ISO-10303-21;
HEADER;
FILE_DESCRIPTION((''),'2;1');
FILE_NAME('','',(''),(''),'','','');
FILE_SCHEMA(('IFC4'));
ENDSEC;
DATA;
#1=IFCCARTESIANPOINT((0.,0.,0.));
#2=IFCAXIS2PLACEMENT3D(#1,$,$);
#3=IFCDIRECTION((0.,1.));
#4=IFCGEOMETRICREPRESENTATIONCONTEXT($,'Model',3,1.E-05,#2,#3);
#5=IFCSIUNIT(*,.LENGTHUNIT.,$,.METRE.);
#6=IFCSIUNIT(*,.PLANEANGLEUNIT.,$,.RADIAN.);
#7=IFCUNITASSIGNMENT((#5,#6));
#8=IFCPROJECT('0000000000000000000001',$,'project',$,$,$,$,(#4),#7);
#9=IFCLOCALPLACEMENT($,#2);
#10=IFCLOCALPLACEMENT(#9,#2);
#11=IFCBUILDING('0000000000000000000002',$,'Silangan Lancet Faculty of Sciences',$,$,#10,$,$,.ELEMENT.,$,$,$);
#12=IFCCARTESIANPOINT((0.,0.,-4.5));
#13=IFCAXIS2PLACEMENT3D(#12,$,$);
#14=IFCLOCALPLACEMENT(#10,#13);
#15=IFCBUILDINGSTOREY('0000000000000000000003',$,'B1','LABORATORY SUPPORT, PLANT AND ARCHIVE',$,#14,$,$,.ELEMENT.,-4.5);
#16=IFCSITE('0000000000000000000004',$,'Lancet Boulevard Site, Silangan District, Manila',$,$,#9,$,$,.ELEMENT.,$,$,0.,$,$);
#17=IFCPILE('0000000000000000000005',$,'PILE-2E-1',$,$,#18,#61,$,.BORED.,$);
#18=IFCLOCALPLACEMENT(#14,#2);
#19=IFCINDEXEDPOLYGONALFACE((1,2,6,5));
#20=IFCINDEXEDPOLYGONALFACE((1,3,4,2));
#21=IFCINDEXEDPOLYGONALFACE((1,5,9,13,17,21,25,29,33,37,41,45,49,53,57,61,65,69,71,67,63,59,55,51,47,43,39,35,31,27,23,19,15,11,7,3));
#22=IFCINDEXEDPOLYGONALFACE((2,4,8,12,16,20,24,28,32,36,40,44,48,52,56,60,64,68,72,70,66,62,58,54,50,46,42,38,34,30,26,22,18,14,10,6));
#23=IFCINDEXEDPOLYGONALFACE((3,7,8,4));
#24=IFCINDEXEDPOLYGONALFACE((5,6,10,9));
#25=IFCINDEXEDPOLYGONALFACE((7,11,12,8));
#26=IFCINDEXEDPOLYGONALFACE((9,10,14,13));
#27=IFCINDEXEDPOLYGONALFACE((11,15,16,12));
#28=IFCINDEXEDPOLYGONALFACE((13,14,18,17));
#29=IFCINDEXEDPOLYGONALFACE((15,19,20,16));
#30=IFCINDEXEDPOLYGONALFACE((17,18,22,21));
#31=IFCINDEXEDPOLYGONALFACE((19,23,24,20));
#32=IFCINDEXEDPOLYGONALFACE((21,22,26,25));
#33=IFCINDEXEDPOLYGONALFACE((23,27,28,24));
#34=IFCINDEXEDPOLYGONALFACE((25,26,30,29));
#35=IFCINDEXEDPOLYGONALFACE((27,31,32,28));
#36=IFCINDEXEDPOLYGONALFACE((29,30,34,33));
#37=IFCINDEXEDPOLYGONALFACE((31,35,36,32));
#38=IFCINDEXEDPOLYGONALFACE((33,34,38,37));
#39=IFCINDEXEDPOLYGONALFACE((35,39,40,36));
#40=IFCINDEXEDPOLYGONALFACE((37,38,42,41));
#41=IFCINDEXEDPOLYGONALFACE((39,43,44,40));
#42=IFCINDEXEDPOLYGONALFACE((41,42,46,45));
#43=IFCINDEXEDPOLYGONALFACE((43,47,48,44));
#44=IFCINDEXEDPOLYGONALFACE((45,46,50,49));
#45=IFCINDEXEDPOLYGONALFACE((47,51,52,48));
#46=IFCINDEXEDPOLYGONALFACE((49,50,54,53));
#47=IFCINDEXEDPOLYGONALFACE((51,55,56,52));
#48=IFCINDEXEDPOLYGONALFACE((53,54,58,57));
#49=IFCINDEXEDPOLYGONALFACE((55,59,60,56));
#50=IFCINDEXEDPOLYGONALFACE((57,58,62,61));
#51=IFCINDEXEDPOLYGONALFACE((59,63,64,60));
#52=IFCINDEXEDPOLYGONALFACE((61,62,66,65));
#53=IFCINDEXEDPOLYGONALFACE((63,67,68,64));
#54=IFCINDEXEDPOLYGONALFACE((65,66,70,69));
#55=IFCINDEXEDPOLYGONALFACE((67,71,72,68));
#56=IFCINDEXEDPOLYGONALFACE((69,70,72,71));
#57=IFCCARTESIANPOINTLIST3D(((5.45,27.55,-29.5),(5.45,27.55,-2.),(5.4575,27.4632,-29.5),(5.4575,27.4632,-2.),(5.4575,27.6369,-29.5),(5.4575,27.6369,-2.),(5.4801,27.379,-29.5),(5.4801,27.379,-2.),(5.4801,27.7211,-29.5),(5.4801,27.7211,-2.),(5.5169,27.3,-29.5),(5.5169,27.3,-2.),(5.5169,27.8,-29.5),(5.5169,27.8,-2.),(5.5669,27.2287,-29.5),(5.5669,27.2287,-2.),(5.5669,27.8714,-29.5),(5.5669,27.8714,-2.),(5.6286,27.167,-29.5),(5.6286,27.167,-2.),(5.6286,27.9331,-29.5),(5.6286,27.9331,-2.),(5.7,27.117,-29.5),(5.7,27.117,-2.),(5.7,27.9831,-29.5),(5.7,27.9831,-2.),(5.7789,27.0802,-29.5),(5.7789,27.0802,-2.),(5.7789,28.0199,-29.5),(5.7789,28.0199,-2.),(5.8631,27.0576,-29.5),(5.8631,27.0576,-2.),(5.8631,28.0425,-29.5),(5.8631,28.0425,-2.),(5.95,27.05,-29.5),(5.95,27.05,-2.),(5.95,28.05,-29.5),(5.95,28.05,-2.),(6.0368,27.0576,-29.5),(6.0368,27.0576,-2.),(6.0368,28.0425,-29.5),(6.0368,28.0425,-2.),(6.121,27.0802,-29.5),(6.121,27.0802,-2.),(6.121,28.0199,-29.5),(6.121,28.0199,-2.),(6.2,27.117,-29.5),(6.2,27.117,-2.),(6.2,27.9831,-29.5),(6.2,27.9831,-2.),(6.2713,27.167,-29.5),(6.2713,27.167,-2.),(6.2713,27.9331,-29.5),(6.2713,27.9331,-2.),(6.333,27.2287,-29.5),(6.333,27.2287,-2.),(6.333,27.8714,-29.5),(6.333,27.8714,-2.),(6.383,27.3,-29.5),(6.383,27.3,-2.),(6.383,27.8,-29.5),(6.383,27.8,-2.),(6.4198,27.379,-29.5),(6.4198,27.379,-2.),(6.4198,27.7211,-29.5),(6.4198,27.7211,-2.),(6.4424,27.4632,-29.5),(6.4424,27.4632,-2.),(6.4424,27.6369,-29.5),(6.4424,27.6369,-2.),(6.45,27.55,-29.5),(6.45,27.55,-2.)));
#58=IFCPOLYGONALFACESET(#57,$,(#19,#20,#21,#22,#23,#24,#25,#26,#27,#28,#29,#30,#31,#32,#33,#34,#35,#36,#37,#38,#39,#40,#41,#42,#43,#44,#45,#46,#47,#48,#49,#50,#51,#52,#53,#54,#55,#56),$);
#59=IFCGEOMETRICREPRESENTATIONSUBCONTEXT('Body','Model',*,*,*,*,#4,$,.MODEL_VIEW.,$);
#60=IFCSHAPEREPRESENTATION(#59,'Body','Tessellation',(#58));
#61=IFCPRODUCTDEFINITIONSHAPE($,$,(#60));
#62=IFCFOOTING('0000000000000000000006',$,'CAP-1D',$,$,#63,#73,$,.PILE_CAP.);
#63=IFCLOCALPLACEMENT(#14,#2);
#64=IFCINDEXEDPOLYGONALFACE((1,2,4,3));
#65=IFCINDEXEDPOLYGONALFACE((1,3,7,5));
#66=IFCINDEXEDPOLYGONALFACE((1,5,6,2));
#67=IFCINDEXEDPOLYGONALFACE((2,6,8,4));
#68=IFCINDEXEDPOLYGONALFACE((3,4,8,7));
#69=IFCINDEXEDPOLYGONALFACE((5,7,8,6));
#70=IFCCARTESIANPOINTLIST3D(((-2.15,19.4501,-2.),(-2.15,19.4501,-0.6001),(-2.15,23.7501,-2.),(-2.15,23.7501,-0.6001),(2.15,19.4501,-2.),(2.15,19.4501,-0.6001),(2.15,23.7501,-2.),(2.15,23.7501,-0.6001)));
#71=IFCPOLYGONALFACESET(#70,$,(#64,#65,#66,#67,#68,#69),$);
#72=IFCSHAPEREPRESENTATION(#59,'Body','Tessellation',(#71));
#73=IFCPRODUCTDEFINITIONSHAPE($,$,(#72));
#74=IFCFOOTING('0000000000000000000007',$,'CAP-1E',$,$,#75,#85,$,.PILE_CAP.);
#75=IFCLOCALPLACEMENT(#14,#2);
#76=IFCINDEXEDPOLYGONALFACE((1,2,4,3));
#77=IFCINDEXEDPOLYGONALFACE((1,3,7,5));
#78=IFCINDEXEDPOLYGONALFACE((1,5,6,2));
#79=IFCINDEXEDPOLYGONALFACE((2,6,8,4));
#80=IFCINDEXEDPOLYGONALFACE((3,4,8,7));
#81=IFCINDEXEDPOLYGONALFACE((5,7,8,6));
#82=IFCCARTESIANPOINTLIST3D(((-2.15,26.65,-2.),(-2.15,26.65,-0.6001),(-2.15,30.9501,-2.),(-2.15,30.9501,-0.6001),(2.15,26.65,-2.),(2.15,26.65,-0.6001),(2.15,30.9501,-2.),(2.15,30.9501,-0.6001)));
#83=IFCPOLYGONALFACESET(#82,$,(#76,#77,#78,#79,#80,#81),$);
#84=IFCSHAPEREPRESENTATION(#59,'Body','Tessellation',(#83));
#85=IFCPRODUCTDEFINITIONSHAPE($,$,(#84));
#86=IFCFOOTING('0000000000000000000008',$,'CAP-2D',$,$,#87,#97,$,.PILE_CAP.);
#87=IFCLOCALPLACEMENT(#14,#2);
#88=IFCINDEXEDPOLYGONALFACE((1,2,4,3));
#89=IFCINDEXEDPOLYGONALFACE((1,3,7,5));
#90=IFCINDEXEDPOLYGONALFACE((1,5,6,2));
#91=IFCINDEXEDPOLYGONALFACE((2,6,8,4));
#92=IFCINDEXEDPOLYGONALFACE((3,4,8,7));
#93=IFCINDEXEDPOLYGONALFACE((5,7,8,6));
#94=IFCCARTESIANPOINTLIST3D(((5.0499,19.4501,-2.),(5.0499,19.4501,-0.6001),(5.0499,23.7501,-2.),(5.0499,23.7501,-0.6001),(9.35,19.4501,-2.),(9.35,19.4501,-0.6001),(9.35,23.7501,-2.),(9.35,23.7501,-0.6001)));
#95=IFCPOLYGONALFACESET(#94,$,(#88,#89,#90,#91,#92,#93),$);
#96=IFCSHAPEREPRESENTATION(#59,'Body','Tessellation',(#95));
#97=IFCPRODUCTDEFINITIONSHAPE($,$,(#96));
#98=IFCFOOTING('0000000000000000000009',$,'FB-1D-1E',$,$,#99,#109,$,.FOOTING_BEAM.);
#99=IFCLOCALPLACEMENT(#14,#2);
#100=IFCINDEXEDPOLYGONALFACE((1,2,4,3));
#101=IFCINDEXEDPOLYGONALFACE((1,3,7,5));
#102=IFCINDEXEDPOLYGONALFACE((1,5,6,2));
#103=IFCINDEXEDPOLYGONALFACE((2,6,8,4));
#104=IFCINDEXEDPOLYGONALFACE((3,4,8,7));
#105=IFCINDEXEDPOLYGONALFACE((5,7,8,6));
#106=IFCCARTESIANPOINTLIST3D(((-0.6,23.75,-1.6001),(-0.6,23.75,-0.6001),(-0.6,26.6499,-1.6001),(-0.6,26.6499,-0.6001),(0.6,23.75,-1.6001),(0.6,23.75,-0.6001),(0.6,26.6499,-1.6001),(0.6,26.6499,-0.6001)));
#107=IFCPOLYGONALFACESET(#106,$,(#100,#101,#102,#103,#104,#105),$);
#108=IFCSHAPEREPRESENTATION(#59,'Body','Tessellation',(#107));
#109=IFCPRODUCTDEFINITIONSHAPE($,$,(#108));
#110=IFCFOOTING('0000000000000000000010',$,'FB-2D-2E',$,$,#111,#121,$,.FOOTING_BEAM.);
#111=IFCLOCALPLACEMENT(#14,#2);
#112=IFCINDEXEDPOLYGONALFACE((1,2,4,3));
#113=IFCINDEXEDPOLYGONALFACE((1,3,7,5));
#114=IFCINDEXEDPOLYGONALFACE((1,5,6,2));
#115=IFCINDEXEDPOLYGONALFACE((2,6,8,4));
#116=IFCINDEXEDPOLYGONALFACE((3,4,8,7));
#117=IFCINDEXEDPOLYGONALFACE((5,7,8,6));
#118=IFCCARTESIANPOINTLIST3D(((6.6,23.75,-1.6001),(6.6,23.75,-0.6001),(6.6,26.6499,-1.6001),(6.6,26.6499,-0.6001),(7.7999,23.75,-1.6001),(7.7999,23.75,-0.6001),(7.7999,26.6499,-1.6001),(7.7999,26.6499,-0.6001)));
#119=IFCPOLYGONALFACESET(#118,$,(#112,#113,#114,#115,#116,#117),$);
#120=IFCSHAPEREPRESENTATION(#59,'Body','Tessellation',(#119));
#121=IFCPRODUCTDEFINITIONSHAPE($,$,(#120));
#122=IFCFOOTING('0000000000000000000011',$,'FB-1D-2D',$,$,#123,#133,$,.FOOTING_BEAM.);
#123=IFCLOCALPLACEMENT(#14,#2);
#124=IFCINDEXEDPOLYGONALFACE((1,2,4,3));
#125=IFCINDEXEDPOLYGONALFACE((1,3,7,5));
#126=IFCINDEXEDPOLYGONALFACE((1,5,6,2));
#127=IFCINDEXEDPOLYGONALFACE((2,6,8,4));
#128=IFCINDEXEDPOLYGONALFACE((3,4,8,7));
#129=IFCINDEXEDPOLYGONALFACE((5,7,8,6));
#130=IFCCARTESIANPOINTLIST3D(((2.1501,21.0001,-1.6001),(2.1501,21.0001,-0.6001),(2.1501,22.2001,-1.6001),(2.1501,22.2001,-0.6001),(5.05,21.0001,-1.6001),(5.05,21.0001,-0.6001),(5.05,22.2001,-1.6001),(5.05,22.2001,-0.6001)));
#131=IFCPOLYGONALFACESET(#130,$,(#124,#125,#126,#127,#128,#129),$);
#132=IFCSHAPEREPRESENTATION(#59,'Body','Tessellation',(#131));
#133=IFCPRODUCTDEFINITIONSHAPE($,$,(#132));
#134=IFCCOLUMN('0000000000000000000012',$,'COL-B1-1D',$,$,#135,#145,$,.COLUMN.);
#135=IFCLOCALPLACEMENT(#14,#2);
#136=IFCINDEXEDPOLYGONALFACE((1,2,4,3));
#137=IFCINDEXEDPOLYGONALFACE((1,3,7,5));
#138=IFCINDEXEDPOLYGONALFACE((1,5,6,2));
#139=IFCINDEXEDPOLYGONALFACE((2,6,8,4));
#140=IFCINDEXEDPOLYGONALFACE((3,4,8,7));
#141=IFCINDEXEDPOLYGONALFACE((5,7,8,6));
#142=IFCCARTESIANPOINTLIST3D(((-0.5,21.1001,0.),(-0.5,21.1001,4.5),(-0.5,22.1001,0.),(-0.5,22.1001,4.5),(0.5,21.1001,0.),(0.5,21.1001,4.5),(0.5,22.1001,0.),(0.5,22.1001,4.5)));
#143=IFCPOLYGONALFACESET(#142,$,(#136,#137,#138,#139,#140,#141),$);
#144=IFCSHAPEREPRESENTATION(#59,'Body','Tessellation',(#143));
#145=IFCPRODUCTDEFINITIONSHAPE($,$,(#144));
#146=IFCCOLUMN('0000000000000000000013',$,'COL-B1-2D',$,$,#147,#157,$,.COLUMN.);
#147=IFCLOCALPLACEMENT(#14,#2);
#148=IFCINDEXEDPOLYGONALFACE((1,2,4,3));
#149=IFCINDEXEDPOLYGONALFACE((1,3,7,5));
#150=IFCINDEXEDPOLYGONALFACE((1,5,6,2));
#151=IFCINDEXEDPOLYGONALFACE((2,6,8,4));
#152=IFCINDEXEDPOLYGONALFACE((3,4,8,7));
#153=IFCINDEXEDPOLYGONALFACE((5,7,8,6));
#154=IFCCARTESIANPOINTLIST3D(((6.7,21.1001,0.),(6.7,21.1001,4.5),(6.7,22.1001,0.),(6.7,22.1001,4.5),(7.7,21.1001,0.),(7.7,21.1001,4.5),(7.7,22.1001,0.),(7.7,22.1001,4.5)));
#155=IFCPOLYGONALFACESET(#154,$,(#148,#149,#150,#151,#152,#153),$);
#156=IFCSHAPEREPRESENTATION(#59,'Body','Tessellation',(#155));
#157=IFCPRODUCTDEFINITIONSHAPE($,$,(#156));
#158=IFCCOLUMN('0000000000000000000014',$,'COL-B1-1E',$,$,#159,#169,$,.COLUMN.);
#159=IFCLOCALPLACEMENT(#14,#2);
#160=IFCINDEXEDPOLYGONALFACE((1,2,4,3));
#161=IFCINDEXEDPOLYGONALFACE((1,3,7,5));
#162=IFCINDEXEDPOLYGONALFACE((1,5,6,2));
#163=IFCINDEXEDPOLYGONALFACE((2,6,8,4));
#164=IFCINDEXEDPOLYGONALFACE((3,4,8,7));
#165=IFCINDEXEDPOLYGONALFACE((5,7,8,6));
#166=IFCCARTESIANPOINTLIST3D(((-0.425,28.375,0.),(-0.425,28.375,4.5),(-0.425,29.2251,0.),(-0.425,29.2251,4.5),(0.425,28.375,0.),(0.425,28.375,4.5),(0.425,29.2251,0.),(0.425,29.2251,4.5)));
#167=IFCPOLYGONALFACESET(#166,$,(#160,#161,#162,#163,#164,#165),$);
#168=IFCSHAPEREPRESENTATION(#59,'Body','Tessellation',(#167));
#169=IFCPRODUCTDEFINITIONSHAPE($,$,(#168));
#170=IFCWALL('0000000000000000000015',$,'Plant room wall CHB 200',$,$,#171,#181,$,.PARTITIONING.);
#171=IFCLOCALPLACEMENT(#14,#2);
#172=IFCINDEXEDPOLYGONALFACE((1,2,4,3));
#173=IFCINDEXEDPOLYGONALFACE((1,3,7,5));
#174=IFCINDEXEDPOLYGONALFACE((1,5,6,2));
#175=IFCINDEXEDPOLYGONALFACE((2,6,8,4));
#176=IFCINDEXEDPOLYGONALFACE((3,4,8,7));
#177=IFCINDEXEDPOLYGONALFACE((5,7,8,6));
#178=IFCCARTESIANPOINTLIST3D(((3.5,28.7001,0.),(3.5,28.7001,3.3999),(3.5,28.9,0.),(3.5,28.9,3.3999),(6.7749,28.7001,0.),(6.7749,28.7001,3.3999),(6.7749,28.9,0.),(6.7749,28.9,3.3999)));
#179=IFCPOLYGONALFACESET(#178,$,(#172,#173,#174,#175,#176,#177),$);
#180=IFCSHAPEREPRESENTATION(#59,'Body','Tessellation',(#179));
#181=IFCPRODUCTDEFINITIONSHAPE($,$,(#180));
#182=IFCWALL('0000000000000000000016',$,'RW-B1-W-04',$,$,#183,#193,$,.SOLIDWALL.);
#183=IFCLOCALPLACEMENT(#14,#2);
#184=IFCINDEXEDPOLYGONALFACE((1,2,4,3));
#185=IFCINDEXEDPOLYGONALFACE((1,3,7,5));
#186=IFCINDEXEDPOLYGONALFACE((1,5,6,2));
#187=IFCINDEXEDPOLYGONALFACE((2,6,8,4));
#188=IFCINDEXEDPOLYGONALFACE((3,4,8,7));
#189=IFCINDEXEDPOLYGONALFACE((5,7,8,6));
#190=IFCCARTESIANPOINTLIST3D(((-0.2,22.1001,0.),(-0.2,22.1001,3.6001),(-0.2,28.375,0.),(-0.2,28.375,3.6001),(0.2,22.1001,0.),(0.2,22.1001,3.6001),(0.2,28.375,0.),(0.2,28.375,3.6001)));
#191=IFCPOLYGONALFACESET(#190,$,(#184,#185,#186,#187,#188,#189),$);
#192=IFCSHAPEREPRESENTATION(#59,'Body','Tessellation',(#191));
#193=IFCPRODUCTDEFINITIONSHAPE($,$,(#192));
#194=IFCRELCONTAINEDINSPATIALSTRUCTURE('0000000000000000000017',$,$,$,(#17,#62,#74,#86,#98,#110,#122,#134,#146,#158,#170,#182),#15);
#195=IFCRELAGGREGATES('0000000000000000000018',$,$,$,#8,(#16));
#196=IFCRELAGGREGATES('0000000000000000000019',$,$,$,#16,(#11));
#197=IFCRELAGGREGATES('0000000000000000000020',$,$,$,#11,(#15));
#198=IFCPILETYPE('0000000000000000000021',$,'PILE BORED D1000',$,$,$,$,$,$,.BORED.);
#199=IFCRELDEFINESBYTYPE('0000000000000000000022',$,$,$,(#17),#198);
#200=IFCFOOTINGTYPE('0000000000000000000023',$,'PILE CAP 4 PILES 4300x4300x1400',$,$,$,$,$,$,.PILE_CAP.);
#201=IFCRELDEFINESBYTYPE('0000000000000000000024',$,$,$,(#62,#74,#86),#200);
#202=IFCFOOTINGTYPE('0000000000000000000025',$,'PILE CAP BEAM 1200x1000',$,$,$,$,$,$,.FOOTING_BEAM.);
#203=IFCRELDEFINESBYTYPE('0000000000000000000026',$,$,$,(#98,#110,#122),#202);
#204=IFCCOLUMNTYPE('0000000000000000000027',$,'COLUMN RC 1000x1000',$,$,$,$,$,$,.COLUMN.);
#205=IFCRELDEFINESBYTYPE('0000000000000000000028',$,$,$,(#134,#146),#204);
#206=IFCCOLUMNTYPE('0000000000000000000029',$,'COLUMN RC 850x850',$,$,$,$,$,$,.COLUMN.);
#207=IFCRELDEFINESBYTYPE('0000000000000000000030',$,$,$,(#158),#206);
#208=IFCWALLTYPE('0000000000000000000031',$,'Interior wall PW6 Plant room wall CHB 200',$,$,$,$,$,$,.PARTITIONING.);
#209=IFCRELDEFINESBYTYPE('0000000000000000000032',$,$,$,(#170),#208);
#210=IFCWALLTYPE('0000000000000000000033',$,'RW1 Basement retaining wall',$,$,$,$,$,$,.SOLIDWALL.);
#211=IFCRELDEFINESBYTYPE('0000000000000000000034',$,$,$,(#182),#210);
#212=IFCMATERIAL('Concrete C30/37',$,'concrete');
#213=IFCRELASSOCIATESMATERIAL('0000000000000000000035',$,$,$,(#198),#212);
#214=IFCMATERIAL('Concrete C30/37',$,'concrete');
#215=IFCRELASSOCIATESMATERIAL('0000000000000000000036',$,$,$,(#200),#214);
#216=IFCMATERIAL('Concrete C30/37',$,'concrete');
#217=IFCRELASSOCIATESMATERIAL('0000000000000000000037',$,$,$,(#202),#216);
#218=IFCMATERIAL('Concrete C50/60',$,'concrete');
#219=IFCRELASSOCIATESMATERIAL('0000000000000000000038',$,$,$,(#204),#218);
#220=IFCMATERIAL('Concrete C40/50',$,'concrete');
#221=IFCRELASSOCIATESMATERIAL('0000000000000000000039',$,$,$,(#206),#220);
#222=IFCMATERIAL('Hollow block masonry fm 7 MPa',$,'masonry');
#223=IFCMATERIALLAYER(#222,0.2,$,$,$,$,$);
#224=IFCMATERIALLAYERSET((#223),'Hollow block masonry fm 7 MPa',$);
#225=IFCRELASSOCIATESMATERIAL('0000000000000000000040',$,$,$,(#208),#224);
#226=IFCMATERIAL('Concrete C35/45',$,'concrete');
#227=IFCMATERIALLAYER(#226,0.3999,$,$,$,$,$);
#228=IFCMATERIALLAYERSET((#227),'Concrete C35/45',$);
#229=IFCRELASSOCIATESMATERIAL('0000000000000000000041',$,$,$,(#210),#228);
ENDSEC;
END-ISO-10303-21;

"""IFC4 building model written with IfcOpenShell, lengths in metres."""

from ifc_helpers import new_model, si_unit, direction, frame, frame_2d, origin, origin_2d, place, context, subcontext, project, spatial, rectangle, circle, extrude, material, layer, layer_set, material_profile, profile_set, type_object, element, save


model = new_model("IFC4")

# Units and contexts
model_context = context("Model", 3, precision=1e-05, world=origin(), true_north=direction((0.0, 1.0)))
body_context = subcontext(model_context, "Body", "Model", "MODEL_VIEW")
ifc_project = project(units=[si_unit("LENGTHUNIT", "METRE"), si_unit("PLANEANGLEUNIT", "RADIAN")], contexts=[model_context])

# Site, building, storey
site_placement = place(None, origin())
site = spatial("IfcSite", under=ifc_project, at=site_placement, Name="Lancet Boulevard Site, Silangan District, Manila", CompositionType="ELEMENT", RefElevation=0.0)
building_placement = place(site_placement, origin())
building = spatial("IfcBuilding", under=site, at=building_placement, Name="Silangan Lancet Faculty of Sciences", CompositionType="ELEMENT")
storey_placement = place(building_placement, frame((0.0, 0.0, -4.5)))
storey = spatial("IfcBuildingStorey", under=building, at=storey_placement, Name="B1", Description="LABORATORY SUPPORT, PLANT AND ARCHIVE", CompositionType="ELEMENT", Elevation=-4.5)

# Pile
ifc_material_1 = material(Name="Concrete C30/37", Category="concrete")
ifc_material_profile_1 = material_profile(ifc_material_1, circle(Radius=0.5, at=origin_2d()), Name="BORED PILE D1000")
ifc_profile_set_1 = profile_set([ifc_material_profile_1], Name="Concrete C30/37")
pile_type = type_object("IfcPileType", Name="PILE BORED D1000", PredefinedType="BORED", material=ifc_profile_set_1)
for number, where, z_axis, x_axis, name in (
    (1, (5.95, 27.55, -2.0), (0.0, 0.0, -1.0), (1.0, 0.0, 0.0), "PILE-2E-1"),
):
    element("IfcPile", number, at=place(storey_placement, frame(where, z_axis=z_axis, x_axis=x_axis)), inside=storey, type_object=pile_type, Name=name, PredefinedType="BORED", context=body_context, shape_type="SweptSolid", body=[
        extrude(circle(Radius=0.5, at=origin_2d()), origin(), (0.0, 0.0, 1.0), 27.5),
    ])

# Footings
ifc_material_2 = material(Name="Concrete C30/37", Category="concrete")
footing_type_1 = type_object("IfcFootingType", Name="PILE CAP 4 PILES 4300x4300x1400", PredefinedType="PILE_CAP", material=ifc_material_2)
for number, where, z_axis, x_axis, name in (
    (2, (0.0, 21.6001, -2.0), (0.0, 0.0, 1.0), (1.0, 0.0, 0.0), "CAP-1D"),
    (3, (0.0, 28.8, -2.0), (0.0, 0.0, 1.0), (1.0, 0.0, 0.0), "CAP-1E"),
    (4, (7.2, 21.6001, -2.0), (0.0, 0.0, 1.0), (1.0, 0.0, 0.0), "CAP-2D"),
):
    element("IfcFooting", number, at=place(storey_placement, frame(where, z_axis=z_axis, x_axis=x_axis)), inside=storey, type_object=footing_type_1, Name=name, PredefinedType="PILE_CAP", context=body_context, shape_type="SweptSolid", body=[
        extrude(rectangle(XDim=4.3, YDim=4.3, at=origin_2d()), origin(), (0.0, 0.0, 1.0), 1.3999),
    ])
ifc_material_3 = material(Name="Concrete C30/37", Category="concrete")
footing_type_2 = type_object("IfcFootingType", Name="PILE CAP BEAM 1200x1000", PredefinedType="FOOTING_BEAM", material=ifc_material_3)
for number, where, z_axis, x_axis, name in (
    (5, (0.0, 25.2, -1.6001), (0.0, 0.0, 1.0), (0.0, 1.0, 0.0), "FB-1D-1E"),
    (6, (7.2, 25.2, -1.6001), (0.0, 0.0, 1.0), (0.0, 1.0, 0.0), "FB-2D-2E"),
    (7, (3.6001, 21.6001, -1.6001), (0.0, 0.0, 1.0), (1.0, 0.0, 0.0), "FB-1D-2D"),
):
    element("IfcFooting", number, at=place(storey_placement, frame(where, z_axis=z_axis, x_axis=x_axis)), inside=storey, type_object=footing_type_2, Name=name, PredefinedType="FOOTING_BEAM", context=body_context, shape_type="SweptSolid", body=[
        extrude(rectangle(XDim=2.8999, YDim=1.2, at=origin_2d()), origin(), (0.0, 0.0, 1.0), 1.0),
    ])

# Columns
ifc_material_4 = material(Name="Concrete C50/60", Category="concrete")
ifc_material_profile_2 = material_profile(ifc_material_4, rectangle(XDim=1.0, YDim=1.0, at=origin_2d()), Name="RC 1000x1000")
ifc_profile_set_2 = profile_set([ifc_material_profile_2], Name="Concrete C50/60")
column_type_1 = type_object("IfcColumnType", Name="COLUMN RC 1000x1000", PredefinedType="COLUMN", material=ifc_profile_set_2)
for number, where, z_axis, x_axis, name in (
    (8, (0.0, 21.6001, 0.0), (0.0, 0.0, 1.0), (1.0, 0.0, 0.0), "COL-B1-1D"),
    (9, (7.2, 21.6001, 0.0), (0.0, 0.0, 1.0), (1.0, 0.0, 0.0), "COL-B1-2D"),
):
    element("IfcColumn", number, at=place(storey_placement, frame(where, z_axis=z_axis, x_axis=x_axis)), inside=storey, type_object=column_type_1, Name=name, PredefinedType="COLUMN", context=body_context, shape_type="SweptSolid", body=[
        extrude(rectangle(XDim=1.0, YDim=1.0, at=origin_2d()), origin(), (0.0, 0.0, 1.0), 4.5),
    ])
ifc_material_5 = material(Name="Concrete C40/50", Category="concrete")
ifc_material_profile_3 = material_profile(ifc_material_5, rectangle(XDim=0.8501, YDim=0.8501, at=origin_2d()), Name="RC 850x850")
ifc_profile_set_3 = profile_set([ifc_material_profile_3], Name="Concrete C40/50")
column_type_2 = type_object("IfcColumnType", Name="COLUMN RC 850x850", PredefinedType="COLUMN", material=ifc_profile_set_3)
column_placement = place(storey_placement, frame((0.0, 28.8, 0.0), z_axis=(0.0, 0.0, 1.0), x_axis=(1.0, 0.0, 0.0)))
element("IfcColumn", 10, at=column_placement, inside=storey, type_object=column_type_2, Name="COL-B1-1E", PredefinedType="COLUMN", context=body_context, shape_type="SweptSolid", body=[
    extrude(rectangle(XDim=0.8501, YDim=0.8501, at=origin_2d()), origin(), (0.0, 0.0, 1.0), 4.5),
])

# Walls
ifc_material_6 = material(Name="Hollow block masonry fm 7 MPa", Category="masonry")
ifc_layer_1 = layer(ifc_material_6, 0.2)
ifc_layer_set_1 = layer_set([ifc_layer_1], Name="Hollow block masonry fm 7 MPa")
wall_type_1 = type_object("IfcWallType", Name="Interior wall PW6 Plant room wall CHB 200", PredefinedType="PARTITIONING", material=ifc_layer_set_1)
wall_1_placement = place(storey_placement, frame((3.5, 28.8, 0.0), z_axis=(0.0, 0.0, 1.0), x_axis=(1.0, 0.0, 0.0)))
element("IfcWall", 11, at=wall_1_placement, inside=storey, type_object=wall_type_1, Name="Plant room wall CHB 200", PredefinedType="PARTITIONING", context=body_context, shape_type="SweptSolid", body=[
    extrude(rectangle(XDim=3.2749, YDim=0.2, at=frame_2d((1.6375, 0.0))), origin(), (0.0, 0.0, 1.0), 3.3999),
])
ifc_material_7 = material(Name="Concrete C35/45", Category="concrete")
ifc_layer_2 = layer(ifc_material_7, 0.3999)
ifc_layer_set_2 = layer_set([ifc_layer_2], Name="Concrete C35/45")
wall_type_2 = type_object("IfcWallType", Name="RW1 Basement retaining wall", PredefinedType="SOLIDWALL", material=ifc_layer_set_2)
wall_2_placement = place(storey_placement, frame((0.0, 28.375, 0.0), z_axis=(0.0, 0.0, 1.0), x_axis=(0.0, -1.0, 0.0)))
element("IfcWall", 12, at=wall_2_placement, inside=storey, type_object=wall_type_2, Name="RW-B1-W-04", PredefinedType="SOLIDWALL", context=body_context, shape_type="SweptSolid", body=[
    extrude(rectangle(XDim=6.2749, YDim=0.3999, at=frame_2d((3.1375, 0.0))), origin(), (0.0, 0.0, 1.0), 3.6001),
])

save(model, "model.ifc")
